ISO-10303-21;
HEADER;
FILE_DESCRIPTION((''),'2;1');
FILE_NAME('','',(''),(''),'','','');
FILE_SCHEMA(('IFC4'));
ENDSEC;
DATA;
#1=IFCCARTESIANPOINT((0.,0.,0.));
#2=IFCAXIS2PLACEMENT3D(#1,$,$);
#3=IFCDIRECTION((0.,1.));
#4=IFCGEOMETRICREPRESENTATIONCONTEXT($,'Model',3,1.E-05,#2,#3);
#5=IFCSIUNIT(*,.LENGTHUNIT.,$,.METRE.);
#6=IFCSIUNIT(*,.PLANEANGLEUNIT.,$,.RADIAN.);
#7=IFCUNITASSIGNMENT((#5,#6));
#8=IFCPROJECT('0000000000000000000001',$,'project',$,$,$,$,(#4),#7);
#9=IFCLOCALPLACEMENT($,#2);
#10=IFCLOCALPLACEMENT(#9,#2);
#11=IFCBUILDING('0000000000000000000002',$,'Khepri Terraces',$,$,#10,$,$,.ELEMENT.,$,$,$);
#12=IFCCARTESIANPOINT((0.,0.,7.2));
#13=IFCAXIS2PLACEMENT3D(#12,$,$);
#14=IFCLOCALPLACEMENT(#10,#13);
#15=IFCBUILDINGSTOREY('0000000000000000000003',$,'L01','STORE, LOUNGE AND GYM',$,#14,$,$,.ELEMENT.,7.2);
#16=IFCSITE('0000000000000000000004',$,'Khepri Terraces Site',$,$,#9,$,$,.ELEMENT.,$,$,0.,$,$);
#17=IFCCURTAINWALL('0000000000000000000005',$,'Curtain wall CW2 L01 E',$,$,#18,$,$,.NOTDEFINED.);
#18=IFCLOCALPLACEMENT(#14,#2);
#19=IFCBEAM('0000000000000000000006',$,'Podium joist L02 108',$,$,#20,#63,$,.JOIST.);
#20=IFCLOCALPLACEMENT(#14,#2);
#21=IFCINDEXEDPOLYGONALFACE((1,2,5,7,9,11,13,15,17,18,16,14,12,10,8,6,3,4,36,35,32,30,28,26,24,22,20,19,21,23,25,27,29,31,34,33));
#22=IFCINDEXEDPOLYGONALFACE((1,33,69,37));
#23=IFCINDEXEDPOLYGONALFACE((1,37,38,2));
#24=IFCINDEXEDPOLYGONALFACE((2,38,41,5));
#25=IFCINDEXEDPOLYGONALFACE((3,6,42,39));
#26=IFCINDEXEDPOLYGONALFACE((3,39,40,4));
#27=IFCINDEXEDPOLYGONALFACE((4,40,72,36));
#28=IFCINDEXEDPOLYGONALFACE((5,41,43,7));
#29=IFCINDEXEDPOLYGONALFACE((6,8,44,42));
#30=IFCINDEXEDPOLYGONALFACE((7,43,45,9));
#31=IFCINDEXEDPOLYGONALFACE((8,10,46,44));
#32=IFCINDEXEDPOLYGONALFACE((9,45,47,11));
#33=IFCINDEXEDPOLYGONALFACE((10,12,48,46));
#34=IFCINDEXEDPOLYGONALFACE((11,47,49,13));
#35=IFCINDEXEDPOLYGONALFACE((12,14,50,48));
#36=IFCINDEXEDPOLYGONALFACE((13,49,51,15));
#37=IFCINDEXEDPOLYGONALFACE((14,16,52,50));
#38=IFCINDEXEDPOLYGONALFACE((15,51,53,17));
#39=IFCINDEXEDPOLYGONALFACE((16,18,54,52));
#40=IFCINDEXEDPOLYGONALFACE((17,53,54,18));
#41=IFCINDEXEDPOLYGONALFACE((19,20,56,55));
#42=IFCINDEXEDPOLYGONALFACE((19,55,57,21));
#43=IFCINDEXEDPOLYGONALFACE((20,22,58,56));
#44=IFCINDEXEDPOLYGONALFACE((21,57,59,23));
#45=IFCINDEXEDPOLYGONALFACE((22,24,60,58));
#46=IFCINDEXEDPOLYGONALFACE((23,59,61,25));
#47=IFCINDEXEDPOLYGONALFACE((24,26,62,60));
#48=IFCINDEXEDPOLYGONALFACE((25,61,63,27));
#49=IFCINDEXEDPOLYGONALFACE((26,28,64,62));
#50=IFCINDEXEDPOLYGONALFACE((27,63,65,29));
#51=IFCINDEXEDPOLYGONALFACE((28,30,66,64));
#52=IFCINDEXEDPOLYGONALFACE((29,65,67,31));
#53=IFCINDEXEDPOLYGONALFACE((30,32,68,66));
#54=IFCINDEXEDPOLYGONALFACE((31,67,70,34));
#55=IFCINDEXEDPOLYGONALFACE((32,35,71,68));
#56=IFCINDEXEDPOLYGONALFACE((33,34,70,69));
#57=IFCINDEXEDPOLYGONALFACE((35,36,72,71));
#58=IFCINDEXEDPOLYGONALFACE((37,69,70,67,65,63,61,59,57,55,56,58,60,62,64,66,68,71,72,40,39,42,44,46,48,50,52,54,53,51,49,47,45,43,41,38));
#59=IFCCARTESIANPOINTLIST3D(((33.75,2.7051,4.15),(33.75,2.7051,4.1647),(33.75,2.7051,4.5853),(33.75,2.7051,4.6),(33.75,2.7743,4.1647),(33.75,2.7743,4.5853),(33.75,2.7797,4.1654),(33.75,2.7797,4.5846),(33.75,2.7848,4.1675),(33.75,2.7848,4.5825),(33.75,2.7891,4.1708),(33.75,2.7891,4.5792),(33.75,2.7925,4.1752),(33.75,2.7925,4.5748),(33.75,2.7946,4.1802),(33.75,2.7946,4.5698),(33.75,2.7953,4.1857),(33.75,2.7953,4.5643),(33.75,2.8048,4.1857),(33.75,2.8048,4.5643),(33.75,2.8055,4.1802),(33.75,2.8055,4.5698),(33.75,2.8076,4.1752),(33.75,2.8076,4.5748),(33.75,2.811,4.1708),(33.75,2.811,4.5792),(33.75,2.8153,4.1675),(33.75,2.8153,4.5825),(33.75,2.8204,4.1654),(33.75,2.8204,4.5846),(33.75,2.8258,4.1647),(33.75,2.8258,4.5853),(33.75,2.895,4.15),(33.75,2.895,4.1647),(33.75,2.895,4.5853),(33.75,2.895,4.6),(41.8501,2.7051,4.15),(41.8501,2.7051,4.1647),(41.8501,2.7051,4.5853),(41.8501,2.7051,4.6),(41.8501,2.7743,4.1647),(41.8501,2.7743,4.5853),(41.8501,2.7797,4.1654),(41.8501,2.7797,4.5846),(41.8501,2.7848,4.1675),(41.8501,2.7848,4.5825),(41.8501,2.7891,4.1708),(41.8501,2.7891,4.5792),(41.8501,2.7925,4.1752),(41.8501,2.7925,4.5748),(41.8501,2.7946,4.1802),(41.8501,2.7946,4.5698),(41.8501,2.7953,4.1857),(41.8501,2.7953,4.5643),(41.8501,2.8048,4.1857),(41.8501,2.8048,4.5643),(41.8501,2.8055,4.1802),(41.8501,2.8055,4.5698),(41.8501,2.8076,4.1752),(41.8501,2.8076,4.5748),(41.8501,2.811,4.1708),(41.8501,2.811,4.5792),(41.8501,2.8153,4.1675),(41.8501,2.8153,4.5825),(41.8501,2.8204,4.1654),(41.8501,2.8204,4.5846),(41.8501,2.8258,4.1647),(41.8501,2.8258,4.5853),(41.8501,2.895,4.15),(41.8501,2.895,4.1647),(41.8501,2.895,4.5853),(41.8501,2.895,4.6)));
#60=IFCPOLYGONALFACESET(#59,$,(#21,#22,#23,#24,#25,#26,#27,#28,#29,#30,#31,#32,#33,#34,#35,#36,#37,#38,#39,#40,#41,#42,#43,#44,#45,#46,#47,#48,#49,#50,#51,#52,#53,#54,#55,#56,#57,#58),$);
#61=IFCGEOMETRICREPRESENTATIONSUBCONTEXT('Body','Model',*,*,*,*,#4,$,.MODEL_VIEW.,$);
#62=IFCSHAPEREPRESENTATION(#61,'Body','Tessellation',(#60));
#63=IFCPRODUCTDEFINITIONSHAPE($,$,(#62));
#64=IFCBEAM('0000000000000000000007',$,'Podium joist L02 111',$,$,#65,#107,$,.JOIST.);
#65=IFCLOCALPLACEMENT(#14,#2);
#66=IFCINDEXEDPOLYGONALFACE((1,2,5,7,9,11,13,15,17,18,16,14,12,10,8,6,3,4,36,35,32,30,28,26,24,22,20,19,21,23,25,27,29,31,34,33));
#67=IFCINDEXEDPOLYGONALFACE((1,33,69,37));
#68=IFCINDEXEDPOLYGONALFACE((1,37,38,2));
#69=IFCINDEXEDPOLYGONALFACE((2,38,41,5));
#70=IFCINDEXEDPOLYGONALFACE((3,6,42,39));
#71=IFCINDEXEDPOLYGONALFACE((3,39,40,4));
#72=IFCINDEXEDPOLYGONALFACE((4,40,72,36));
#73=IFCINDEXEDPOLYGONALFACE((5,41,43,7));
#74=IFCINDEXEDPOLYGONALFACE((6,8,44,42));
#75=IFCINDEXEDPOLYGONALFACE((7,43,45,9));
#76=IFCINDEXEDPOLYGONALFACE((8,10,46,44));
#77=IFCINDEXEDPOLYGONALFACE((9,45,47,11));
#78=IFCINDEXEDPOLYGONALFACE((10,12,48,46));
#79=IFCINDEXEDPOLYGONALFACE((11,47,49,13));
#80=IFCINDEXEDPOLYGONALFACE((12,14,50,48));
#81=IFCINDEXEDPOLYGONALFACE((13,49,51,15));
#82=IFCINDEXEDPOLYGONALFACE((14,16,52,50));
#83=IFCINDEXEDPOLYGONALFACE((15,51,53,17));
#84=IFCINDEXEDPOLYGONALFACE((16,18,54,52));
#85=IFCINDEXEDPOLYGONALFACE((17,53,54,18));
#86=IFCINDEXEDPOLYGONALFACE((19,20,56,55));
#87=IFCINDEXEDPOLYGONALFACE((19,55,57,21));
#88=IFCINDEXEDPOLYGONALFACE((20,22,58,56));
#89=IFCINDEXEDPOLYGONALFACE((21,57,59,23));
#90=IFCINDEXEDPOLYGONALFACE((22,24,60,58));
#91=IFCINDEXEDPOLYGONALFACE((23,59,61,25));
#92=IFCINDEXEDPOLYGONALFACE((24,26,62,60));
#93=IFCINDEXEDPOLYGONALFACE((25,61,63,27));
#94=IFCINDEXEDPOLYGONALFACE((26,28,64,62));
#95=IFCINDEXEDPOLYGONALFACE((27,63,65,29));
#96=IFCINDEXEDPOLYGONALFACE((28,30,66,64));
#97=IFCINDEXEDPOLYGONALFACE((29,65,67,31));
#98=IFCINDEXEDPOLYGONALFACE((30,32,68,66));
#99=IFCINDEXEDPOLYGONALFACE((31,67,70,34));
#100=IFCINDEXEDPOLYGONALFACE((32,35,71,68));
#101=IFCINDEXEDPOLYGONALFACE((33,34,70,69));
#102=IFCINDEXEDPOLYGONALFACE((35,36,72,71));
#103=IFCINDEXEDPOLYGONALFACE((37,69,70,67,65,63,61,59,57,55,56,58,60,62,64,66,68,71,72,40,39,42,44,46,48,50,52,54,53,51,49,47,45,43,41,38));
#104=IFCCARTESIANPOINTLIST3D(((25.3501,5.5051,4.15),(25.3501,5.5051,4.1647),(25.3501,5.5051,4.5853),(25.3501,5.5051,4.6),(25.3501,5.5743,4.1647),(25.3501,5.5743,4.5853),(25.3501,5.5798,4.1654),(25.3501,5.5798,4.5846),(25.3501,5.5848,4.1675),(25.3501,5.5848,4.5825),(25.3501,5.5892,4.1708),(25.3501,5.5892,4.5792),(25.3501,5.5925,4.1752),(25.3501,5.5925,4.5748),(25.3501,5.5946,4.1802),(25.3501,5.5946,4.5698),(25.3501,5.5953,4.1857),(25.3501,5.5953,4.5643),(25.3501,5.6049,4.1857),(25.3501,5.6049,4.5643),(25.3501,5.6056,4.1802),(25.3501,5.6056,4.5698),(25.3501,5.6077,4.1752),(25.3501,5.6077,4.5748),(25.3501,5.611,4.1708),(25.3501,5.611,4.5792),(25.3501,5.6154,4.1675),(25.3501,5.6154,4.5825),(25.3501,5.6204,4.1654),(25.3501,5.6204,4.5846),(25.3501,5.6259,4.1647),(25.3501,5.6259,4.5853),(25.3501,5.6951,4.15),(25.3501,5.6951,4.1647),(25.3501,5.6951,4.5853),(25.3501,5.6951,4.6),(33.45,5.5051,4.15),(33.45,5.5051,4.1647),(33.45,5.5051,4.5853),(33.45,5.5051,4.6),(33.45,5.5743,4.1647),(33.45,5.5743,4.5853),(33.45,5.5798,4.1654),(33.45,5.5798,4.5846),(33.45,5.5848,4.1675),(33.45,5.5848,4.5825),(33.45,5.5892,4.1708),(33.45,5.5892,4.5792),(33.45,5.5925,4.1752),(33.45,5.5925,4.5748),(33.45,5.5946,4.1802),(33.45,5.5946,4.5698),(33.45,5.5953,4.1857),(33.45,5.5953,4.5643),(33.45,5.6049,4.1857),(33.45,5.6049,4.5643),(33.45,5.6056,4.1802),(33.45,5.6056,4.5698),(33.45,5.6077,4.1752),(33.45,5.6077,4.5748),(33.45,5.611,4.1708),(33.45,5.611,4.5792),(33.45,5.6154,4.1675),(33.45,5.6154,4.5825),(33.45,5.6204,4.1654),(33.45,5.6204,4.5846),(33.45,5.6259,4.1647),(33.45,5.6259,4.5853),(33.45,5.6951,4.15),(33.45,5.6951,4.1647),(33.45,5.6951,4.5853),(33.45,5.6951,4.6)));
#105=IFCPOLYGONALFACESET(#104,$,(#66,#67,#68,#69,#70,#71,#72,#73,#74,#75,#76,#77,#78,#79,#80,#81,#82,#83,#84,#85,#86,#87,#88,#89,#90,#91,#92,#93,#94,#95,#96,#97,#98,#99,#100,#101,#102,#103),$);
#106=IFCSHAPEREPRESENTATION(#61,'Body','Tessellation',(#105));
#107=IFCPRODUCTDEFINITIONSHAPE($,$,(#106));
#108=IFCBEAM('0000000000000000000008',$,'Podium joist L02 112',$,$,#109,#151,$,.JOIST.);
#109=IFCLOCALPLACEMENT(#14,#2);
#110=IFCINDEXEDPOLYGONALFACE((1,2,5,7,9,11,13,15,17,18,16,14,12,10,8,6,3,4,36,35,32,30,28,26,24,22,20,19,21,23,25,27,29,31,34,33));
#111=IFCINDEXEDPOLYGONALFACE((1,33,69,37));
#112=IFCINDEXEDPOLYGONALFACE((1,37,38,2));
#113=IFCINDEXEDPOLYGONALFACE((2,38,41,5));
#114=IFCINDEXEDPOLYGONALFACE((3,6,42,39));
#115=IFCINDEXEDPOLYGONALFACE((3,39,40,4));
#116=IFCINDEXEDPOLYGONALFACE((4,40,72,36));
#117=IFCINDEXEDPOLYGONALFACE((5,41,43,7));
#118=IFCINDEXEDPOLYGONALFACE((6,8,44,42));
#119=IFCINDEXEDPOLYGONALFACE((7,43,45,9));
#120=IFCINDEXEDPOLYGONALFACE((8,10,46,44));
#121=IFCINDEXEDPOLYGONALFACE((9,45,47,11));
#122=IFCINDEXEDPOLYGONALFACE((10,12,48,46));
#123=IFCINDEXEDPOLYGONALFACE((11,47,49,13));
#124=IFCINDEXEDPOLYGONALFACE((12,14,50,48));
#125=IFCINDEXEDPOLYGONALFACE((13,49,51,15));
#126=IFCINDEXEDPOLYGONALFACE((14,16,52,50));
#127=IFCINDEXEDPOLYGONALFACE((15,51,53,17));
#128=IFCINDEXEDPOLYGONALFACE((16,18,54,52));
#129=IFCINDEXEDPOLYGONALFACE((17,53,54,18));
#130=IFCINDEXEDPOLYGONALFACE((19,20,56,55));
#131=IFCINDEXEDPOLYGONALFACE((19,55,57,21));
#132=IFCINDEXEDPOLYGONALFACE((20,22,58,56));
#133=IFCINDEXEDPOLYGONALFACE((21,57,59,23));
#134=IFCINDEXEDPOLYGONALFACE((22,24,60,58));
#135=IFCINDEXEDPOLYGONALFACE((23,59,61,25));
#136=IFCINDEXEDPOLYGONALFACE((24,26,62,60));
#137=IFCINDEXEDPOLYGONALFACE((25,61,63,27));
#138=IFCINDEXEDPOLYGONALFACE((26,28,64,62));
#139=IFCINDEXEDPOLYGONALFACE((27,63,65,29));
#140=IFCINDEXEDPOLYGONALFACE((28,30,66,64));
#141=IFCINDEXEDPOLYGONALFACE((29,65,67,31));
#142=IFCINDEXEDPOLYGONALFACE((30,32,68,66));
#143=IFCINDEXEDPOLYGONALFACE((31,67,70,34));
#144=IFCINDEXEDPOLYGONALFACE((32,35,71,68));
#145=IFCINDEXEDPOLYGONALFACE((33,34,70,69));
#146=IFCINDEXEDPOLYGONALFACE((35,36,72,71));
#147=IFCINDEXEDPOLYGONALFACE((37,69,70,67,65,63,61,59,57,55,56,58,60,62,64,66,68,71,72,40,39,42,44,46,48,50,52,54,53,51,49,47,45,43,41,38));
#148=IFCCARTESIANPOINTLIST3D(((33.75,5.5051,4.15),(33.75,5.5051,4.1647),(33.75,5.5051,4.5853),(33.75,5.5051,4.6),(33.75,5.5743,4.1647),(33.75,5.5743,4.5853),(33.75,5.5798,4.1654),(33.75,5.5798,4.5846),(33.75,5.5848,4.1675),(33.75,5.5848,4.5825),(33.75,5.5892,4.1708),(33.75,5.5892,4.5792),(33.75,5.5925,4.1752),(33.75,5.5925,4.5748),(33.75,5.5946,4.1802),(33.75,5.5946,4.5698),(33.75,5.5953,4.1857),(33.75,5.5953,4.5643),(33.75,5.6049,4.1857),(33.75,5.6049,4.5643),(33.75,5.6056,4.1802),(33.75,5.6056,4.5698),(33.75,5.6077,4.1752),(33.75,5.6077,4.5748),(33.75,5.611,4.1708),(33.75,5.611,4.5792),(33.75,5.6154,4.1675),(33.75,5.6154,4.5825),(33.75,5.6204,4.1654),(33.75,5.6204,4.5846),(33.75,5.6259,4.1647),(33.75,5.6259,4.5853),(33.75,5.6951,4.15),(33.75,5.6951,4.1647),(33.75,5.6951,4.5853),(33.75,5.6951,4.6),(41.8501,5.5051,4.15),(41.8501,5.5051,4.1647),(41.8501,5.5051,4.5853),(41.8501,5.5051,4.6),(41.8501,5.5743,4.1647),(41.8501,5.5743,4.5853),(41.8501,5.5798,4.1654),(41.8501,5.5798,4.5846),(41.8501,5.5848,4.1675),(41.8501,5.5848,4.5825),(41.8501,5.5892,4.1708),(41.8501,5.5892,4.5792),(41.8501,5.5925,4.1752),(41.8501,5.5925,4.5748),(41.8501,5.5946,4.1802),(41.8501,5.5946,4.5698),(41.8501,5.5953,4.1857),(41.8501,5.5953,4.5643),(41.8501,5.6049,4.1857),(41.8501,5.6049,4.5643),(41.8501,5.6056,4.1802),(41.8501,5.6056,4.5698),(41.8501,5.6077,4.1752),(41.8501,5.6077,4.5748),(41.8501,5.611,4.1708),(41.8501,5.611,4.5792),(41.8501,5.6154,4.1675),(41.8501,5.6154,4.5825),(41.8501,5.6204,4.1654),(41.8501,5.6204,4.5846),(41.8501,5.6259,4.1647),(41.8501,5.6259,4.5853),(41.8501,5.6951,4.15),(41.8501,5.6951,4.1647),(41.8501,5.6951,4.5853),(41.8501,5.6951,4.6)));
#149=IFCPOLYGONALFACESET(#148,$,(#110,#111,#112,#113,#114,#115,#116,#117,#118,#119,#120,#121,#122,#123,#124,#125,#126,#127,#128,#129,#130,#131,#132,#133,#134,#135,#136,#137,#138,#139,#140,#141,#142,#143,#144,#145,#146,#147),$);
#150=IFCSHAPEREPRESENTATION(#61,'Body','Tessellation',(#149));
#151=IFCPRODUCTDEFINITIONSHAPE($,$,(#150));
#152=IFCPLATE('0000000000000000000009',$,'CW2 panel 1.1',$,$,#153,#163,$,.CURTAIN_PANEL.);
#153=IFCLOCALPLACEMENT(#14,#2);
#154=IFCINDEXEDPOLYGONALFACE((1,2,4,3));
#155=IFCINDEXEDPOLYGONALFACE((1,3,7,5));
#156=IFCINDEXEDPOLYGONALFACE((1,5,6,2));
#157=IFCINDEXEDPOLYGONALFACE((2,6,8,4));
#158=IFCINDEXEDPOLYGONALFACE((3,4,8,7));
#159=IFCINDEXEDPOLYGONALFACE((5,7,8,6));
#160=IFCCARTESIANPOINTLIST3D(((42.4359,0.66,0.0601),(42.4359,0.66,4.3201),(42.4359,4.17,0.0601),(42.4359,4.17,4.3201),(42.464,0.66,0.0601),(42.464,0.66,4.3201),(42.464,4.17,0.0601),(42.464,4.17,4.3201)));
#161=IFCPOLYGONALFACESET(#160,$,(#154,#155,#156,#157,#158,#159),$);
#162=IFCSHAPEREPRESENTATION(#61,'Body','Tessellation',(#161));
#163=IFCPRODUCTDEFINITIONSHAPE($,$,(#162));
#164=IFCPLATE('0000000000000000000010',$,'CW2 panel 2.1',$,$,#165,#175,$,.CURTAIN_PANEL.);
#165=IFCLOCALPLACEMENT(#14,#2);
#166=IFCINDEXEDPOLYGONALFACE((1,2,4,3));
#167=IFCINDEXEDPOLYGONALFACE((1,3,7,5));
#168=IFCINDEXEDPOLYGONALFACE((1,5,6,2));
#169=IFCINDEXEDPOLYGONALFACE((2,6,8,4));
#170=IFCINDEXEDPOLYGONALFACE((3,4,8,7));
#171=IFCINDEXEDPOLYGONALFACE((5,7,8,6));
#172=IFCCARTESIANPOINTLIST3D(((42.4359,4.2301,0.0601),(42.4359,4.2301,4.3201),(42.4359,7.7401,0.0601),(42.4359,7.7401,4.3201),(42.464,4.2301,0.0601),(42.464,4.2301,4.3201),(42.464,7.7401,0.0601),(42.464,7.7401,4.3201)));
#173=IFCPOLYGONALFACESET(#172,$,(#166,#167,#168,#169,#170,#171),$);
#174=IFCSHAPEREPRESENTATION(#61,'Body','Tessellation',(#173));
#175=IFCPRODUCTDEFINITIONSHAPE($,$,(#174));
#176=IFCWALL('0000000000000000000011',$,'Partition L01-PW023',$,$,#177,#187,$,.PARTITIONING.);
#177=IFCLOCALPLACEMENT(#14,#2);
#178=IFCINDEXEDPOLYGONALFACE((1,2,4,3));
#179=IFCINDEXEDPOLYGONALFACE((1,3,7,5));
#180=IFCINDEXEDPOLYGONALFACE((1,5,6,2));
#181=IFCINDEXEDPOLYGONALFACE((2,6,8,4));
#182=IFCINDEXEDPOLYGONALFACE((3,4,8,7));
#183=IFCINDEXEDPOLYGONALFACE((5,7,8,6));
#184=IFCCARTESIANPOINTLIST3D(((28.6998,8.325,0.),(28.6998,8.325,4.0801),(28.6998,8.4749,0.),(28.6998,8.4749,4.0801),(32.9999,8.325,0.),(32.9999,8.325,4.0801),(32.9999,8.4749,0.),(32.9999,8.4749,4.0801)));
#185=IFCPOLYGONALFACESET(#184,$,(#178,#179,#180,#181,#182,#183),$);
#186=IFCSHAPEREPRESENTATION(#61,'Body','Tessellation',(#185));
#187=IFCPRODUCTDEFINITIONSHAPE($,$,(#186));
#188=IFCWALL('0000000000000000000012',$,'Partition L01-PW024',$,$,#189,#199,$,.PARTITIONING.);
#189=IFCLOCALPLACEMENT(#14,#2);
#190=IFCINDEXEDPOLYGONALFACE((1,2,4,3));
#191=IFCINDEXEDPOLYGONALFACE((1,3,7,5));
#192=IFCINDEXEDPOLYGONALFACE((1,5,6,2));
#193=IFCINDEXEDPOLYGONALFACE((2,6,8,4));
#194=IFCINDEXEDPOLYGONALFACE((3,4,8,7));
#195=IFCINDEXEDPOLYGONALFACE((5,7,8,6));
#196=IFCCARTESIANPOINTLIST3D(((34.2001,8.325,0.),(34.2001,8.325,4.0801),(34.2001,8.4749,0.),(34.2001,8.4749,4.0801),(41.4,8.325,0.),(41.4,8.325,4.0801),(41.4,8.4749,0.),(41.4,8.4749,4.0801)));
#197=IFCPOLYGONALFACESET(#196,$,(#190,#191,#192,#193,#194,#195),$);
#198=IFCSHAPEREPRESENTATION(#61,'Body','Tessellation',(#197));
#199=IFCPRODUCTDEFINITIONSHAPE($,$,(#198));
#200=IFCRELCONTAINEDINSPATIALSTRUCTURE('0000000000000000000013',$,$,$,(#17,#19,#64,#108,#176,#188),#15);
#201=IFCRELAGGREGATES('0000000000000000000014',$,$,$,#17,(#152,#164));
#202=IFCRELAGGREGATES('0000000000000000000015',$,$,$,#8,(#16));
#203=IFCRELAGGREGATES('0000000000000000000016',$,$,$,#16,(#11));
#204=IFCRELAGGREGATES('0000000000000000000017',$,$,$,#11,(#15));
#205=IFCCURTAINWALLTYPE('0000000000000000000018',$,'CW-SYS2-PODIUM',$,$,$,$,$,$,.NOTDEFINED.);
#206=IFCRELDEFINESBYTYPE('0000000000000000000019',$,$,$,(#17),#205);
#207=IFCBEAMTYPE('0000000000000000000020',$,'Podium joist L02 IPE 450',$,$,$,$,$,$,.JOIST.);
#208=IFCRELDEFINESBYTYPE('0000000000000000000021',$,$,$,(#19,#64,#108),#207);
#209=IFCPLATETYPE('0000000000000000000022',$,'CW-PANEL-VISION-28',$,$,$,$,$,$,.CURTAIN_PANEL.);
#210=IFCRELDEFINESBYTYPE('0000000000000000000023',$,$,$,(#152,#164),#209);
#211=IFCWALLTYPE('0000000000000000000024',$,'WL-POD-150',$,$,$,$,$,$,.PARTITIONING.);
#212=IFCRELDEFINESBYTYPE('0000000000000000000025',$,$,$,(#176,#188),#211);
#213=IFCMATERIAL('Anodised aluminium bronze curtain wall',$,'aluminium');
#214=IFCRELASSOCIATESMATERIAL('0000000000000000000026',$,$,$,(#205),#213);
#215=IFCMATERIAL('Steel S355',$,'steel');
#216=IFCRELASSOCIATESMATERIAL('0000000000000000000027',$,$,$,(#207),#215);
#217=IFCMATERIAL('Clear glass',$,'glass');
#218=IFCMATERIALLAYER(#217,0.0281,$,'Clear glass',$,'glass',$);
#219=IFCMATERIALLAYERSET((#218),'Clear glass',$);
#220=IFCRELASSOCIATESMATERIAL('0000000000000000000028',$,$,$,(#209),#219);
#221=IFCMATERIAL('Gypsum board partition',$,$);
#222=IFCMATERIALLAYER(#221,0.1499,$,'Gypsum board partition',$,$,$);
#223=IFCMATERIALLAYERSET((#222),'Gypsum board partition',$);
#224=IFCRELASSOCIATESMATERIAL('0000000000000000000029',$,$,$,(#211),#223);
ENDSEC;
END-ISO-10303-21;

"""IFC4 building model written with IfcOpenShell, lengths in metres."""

from ifc_helpers import new_model, si_unit, direction, frame, frame_2d, origin, origin_2d, place, context, subcontext, project, spatial, rectangle, i_section, extrude, material, layer, layer_set, material_profile, profile_set, type_object, element, aggregate, save


model = new_model("IFC4")

# Units and contexts
model_context = context("Model", 3, precision=1e-05, world=origin(), true_north=direction((0.0, 1.0)))
body_context = subcontext(model_context, "Body", "Model", "MODEL_VIEW")
ifc_project = project(units=[si_unit("LENGTHUNIT", "METRE"), si_unit("PLANEANGLEUNIT", "RADIAN")], contexts=[model_context])

# Site, building, storey
site_placement = place(None, origin())
site = spatial("IfcSite", under=ifc_project, at=site_placement, Name="Khepri Terraces Site", CompositionType="ELEMENT", RefElevation=0.0)
building_placement = place(site_placement, origin())
building = spatial("IfcBuilding", under=site, at=building_placement, Name="Khepri Terraces", CompositionType="ELEMENT")
storey_placement = place(building_placement, frame((0.0, 0.0, 7.2)))
storey = spatial("IfcBuildingStorey", under=building, at=storey_placement, Name="L01", Description="STORE, LOUNGE AND GYM", CompositionType="ELEMENT", Elevation=7.2)

# Curtain wall
ifc_material_1 = material(Name="Anodised aluminium bronze curtain wall", Category="aluminium")
curtain_wall_type = type_object("IfcCurtainWallType", Name="CW-SYS2-PODIUM", PredefinedType="NOTDEFINED", material=ifc_material_1)
curtain_wall_placement = place(storey_placement, origin())
curtain_wall = element("IfcCurtainWall", 1, at=curtain_wall_placement, inside=storey, type_object=curtain_wall_type, Name="Curtain wall CW2 L01 E", PredefinedType="NOTDEFINED")

# Beams
ifc_material_2 = material(Name="Steel S355", Category="steel")
ifc_material_profile_1 = material_profile(ifc_material_2, i_section(OverallWidth=0.1899, OverallDepth=0.45, WebThickness=0.0095, FlangeThickness=0.0146, FilletRadius=0.021, at=origin_2d()), Name="Steel S355", Category="steel")
ifc_profile_set_1 = profile_set([ifc_material_profile_1], Name="Steel S355")
beam_type_1 = type_object("IfcBeamType", Name="Podium joist L02 IPE 450", PredefinedType="JOIST", material=ifc_profile_set_1)
beam_1_placement = place(storey_placement, frame((33.75, 2.8, 4.375), z_axis=(1.0, 0.0, 0.0), x_axis=(0.0, 1.0, 0.0)))
element("IfcBeam", 2, at=beam_1_placement, inside=storey, type_object=beam_type_1, Name="Podium joist L02 108", PredefinedType="JOIST", context=body_context, shape_type="SweptSolid", body=[
    extrude(i_section(OverallWidth=0.1899, OverallDepth=0.45, WebThickness=0.0095, FlangeThickness=0.0146, FilletRadius=0.021, at=origin_2d()), origin(), (0.0, 0.0, 1.0), 8.1001),
])
beam_2_placement = place(storey_placement, frame((25.3501, 5.6001, 4.375), z_axis=(1.0, 0.0, 0.0), x_axis=(0.0, 1.0, 0.0)))
element("IfcBeam", 3, at=beam_2_placement, inside=storey, type_object=beam_type_1, Name="Podium joist L02 111", PredefinedType="JOIST", context=body_context, shape_type="SweptSolid", body=[
    extrude(i_section(OverallWidth=0.1899, OverallDepth=0.45, WebThickness=0.0095, FlangeThickness=0.0146, FilletRadius=0.021, at=origin_2d()), origin(), (0.0, 0.0, 1.0), 8.0999),
])
beam_3_placement = place(storey_placement, frame((33.75, 5.6001, 4.375), z_axis=(1.0, 0.0, 0.0), x_axis=(0.0, 1.0, 0.0)))
element("IfcBeam", 4, at=beam_3_placement, inside=storey, type_object=beam_type_1, Name="Podium joist L02 112", PredefinedType="JOIST", context=body_context, shape_type="SweptSolid", body=[
    extrude(i_section(OverallWidth=0.1899, OverallDepth=0.45, WebThickness=0.0095, FlangeThickness=0.0146, FilletRadius=0.021, at=origin_2d()), origin(), (0.0, 0.0, 1.0), 8.1001),
])

# Plates
ifc_material_3 = material(Name="Clear glass", Category="glass")
ifc_layer_1 = layer(ifc_material_3, 0.0281, Name="Clear glass", Category="glass")
ifc_layer_set_1 = layer_set([ifc_layer_1], Name="Clear glass")
plate_type = type_object("IfcPlateType", Name="CW-PANEL-VISION-28", PredefinedType="CURTAIN_PANEL", material=ifc_layer_set_1)
plate_1_placement = place(storey_placement, frame((42.45, 2.415, 0.0601), z_axis=(0.0, 0.0, 1.0), x_axis=(0.0, 1.0, 0.0)))
plate_1 = element("IfcPlate", 5, at=plate_1_placement, type_object=plate_type, Name="CW2 panel 1.1", PredefinedType="CURTAIN_PANEL", context=body_context, shape_type="SweptSolid", body=[
    extrude(rectangle(XDim=3.51, YDim=0.0281, at=origin_2d()), origin(), (0.0, 0.0, 1.0), 4.26),
])
plate_2_placement = place(storey_placement, frame((42.45, 5.9851, 0.0601), z_axis=(0.0, 0.0, 1.0), x_axis=(0.0, 1.0, 0.0)))
plate_2 = element("IfcPlate", 6, at=plate_2_placement, type_object=plate_type, Name="CW2 panel 2.1", PredefinedType="CURTAIN_PANEL", context=body_context, shape_type="SweptSolid", body=[
    extrude(rectangle(XDim=3.51, YDim=0.0281, at=origin_2d()), origin(), (0.0, 0.0, 1.0), 4.26),
])
aggregate(curtain_wall, [plate_1, plate_2])

# Walls
ifc_material_4 = material(Name="Gypsum board partition")
ifc_layer_2 = layer(ifc_material_4, 0.1499, Name="Gypsum board partition")
ifc_layer_set_2 = layer_set([ifc_layer_2], Name="Gypsum board partition")
wall_type = type_object("IfcWallType", Name="WL-POD-150", PredefinedType="PARTITIONING", material=ifc_layer_set_2)
wall_1_placement = place(storey_placement, frame((28.7, 8.3999, 0.0), z_axis=(0.0, 0.0, 1.0), x_axis=(1.0, 0.0, 0.0)))
element("IfcWall", 7, at=wall_1_placement, inside=storey, type_object=wall_type, Name="Partition L01-PW023", PredefinedType="PARTITIONING", context=body_context, shape_type="SweptSolid", body=[
    extrude(rectangle(XDim=4.3, YDim=0.1499, at=frame_2d((2.1499, 0.0))), origin(), (0.0, 0.0, 1.0), 4.0801),
])
wall_2_placement = place(storey_placement, frame((34.2, 8.3999, 0.0), z_axis=(0.0, 0.0, 1.0), x_axis=(1.0, 0.0, 0.0)))
element("IfcWall", 8, at=wall_2_placement, inside=storey, type_object=wall_type, Name="Partition L01-PW024", PredefinedType="PARTITIONING", context=body_context, shape_type="SweptSolid", body=[
    extrude(rectangle(XDim=7.2, YDim=0.1499, at=frame_2d((3.6001, 0.0))), origin(), (0.0, 0.0, 1.0), 4.0801),
])

save(model, "model.ifc")
